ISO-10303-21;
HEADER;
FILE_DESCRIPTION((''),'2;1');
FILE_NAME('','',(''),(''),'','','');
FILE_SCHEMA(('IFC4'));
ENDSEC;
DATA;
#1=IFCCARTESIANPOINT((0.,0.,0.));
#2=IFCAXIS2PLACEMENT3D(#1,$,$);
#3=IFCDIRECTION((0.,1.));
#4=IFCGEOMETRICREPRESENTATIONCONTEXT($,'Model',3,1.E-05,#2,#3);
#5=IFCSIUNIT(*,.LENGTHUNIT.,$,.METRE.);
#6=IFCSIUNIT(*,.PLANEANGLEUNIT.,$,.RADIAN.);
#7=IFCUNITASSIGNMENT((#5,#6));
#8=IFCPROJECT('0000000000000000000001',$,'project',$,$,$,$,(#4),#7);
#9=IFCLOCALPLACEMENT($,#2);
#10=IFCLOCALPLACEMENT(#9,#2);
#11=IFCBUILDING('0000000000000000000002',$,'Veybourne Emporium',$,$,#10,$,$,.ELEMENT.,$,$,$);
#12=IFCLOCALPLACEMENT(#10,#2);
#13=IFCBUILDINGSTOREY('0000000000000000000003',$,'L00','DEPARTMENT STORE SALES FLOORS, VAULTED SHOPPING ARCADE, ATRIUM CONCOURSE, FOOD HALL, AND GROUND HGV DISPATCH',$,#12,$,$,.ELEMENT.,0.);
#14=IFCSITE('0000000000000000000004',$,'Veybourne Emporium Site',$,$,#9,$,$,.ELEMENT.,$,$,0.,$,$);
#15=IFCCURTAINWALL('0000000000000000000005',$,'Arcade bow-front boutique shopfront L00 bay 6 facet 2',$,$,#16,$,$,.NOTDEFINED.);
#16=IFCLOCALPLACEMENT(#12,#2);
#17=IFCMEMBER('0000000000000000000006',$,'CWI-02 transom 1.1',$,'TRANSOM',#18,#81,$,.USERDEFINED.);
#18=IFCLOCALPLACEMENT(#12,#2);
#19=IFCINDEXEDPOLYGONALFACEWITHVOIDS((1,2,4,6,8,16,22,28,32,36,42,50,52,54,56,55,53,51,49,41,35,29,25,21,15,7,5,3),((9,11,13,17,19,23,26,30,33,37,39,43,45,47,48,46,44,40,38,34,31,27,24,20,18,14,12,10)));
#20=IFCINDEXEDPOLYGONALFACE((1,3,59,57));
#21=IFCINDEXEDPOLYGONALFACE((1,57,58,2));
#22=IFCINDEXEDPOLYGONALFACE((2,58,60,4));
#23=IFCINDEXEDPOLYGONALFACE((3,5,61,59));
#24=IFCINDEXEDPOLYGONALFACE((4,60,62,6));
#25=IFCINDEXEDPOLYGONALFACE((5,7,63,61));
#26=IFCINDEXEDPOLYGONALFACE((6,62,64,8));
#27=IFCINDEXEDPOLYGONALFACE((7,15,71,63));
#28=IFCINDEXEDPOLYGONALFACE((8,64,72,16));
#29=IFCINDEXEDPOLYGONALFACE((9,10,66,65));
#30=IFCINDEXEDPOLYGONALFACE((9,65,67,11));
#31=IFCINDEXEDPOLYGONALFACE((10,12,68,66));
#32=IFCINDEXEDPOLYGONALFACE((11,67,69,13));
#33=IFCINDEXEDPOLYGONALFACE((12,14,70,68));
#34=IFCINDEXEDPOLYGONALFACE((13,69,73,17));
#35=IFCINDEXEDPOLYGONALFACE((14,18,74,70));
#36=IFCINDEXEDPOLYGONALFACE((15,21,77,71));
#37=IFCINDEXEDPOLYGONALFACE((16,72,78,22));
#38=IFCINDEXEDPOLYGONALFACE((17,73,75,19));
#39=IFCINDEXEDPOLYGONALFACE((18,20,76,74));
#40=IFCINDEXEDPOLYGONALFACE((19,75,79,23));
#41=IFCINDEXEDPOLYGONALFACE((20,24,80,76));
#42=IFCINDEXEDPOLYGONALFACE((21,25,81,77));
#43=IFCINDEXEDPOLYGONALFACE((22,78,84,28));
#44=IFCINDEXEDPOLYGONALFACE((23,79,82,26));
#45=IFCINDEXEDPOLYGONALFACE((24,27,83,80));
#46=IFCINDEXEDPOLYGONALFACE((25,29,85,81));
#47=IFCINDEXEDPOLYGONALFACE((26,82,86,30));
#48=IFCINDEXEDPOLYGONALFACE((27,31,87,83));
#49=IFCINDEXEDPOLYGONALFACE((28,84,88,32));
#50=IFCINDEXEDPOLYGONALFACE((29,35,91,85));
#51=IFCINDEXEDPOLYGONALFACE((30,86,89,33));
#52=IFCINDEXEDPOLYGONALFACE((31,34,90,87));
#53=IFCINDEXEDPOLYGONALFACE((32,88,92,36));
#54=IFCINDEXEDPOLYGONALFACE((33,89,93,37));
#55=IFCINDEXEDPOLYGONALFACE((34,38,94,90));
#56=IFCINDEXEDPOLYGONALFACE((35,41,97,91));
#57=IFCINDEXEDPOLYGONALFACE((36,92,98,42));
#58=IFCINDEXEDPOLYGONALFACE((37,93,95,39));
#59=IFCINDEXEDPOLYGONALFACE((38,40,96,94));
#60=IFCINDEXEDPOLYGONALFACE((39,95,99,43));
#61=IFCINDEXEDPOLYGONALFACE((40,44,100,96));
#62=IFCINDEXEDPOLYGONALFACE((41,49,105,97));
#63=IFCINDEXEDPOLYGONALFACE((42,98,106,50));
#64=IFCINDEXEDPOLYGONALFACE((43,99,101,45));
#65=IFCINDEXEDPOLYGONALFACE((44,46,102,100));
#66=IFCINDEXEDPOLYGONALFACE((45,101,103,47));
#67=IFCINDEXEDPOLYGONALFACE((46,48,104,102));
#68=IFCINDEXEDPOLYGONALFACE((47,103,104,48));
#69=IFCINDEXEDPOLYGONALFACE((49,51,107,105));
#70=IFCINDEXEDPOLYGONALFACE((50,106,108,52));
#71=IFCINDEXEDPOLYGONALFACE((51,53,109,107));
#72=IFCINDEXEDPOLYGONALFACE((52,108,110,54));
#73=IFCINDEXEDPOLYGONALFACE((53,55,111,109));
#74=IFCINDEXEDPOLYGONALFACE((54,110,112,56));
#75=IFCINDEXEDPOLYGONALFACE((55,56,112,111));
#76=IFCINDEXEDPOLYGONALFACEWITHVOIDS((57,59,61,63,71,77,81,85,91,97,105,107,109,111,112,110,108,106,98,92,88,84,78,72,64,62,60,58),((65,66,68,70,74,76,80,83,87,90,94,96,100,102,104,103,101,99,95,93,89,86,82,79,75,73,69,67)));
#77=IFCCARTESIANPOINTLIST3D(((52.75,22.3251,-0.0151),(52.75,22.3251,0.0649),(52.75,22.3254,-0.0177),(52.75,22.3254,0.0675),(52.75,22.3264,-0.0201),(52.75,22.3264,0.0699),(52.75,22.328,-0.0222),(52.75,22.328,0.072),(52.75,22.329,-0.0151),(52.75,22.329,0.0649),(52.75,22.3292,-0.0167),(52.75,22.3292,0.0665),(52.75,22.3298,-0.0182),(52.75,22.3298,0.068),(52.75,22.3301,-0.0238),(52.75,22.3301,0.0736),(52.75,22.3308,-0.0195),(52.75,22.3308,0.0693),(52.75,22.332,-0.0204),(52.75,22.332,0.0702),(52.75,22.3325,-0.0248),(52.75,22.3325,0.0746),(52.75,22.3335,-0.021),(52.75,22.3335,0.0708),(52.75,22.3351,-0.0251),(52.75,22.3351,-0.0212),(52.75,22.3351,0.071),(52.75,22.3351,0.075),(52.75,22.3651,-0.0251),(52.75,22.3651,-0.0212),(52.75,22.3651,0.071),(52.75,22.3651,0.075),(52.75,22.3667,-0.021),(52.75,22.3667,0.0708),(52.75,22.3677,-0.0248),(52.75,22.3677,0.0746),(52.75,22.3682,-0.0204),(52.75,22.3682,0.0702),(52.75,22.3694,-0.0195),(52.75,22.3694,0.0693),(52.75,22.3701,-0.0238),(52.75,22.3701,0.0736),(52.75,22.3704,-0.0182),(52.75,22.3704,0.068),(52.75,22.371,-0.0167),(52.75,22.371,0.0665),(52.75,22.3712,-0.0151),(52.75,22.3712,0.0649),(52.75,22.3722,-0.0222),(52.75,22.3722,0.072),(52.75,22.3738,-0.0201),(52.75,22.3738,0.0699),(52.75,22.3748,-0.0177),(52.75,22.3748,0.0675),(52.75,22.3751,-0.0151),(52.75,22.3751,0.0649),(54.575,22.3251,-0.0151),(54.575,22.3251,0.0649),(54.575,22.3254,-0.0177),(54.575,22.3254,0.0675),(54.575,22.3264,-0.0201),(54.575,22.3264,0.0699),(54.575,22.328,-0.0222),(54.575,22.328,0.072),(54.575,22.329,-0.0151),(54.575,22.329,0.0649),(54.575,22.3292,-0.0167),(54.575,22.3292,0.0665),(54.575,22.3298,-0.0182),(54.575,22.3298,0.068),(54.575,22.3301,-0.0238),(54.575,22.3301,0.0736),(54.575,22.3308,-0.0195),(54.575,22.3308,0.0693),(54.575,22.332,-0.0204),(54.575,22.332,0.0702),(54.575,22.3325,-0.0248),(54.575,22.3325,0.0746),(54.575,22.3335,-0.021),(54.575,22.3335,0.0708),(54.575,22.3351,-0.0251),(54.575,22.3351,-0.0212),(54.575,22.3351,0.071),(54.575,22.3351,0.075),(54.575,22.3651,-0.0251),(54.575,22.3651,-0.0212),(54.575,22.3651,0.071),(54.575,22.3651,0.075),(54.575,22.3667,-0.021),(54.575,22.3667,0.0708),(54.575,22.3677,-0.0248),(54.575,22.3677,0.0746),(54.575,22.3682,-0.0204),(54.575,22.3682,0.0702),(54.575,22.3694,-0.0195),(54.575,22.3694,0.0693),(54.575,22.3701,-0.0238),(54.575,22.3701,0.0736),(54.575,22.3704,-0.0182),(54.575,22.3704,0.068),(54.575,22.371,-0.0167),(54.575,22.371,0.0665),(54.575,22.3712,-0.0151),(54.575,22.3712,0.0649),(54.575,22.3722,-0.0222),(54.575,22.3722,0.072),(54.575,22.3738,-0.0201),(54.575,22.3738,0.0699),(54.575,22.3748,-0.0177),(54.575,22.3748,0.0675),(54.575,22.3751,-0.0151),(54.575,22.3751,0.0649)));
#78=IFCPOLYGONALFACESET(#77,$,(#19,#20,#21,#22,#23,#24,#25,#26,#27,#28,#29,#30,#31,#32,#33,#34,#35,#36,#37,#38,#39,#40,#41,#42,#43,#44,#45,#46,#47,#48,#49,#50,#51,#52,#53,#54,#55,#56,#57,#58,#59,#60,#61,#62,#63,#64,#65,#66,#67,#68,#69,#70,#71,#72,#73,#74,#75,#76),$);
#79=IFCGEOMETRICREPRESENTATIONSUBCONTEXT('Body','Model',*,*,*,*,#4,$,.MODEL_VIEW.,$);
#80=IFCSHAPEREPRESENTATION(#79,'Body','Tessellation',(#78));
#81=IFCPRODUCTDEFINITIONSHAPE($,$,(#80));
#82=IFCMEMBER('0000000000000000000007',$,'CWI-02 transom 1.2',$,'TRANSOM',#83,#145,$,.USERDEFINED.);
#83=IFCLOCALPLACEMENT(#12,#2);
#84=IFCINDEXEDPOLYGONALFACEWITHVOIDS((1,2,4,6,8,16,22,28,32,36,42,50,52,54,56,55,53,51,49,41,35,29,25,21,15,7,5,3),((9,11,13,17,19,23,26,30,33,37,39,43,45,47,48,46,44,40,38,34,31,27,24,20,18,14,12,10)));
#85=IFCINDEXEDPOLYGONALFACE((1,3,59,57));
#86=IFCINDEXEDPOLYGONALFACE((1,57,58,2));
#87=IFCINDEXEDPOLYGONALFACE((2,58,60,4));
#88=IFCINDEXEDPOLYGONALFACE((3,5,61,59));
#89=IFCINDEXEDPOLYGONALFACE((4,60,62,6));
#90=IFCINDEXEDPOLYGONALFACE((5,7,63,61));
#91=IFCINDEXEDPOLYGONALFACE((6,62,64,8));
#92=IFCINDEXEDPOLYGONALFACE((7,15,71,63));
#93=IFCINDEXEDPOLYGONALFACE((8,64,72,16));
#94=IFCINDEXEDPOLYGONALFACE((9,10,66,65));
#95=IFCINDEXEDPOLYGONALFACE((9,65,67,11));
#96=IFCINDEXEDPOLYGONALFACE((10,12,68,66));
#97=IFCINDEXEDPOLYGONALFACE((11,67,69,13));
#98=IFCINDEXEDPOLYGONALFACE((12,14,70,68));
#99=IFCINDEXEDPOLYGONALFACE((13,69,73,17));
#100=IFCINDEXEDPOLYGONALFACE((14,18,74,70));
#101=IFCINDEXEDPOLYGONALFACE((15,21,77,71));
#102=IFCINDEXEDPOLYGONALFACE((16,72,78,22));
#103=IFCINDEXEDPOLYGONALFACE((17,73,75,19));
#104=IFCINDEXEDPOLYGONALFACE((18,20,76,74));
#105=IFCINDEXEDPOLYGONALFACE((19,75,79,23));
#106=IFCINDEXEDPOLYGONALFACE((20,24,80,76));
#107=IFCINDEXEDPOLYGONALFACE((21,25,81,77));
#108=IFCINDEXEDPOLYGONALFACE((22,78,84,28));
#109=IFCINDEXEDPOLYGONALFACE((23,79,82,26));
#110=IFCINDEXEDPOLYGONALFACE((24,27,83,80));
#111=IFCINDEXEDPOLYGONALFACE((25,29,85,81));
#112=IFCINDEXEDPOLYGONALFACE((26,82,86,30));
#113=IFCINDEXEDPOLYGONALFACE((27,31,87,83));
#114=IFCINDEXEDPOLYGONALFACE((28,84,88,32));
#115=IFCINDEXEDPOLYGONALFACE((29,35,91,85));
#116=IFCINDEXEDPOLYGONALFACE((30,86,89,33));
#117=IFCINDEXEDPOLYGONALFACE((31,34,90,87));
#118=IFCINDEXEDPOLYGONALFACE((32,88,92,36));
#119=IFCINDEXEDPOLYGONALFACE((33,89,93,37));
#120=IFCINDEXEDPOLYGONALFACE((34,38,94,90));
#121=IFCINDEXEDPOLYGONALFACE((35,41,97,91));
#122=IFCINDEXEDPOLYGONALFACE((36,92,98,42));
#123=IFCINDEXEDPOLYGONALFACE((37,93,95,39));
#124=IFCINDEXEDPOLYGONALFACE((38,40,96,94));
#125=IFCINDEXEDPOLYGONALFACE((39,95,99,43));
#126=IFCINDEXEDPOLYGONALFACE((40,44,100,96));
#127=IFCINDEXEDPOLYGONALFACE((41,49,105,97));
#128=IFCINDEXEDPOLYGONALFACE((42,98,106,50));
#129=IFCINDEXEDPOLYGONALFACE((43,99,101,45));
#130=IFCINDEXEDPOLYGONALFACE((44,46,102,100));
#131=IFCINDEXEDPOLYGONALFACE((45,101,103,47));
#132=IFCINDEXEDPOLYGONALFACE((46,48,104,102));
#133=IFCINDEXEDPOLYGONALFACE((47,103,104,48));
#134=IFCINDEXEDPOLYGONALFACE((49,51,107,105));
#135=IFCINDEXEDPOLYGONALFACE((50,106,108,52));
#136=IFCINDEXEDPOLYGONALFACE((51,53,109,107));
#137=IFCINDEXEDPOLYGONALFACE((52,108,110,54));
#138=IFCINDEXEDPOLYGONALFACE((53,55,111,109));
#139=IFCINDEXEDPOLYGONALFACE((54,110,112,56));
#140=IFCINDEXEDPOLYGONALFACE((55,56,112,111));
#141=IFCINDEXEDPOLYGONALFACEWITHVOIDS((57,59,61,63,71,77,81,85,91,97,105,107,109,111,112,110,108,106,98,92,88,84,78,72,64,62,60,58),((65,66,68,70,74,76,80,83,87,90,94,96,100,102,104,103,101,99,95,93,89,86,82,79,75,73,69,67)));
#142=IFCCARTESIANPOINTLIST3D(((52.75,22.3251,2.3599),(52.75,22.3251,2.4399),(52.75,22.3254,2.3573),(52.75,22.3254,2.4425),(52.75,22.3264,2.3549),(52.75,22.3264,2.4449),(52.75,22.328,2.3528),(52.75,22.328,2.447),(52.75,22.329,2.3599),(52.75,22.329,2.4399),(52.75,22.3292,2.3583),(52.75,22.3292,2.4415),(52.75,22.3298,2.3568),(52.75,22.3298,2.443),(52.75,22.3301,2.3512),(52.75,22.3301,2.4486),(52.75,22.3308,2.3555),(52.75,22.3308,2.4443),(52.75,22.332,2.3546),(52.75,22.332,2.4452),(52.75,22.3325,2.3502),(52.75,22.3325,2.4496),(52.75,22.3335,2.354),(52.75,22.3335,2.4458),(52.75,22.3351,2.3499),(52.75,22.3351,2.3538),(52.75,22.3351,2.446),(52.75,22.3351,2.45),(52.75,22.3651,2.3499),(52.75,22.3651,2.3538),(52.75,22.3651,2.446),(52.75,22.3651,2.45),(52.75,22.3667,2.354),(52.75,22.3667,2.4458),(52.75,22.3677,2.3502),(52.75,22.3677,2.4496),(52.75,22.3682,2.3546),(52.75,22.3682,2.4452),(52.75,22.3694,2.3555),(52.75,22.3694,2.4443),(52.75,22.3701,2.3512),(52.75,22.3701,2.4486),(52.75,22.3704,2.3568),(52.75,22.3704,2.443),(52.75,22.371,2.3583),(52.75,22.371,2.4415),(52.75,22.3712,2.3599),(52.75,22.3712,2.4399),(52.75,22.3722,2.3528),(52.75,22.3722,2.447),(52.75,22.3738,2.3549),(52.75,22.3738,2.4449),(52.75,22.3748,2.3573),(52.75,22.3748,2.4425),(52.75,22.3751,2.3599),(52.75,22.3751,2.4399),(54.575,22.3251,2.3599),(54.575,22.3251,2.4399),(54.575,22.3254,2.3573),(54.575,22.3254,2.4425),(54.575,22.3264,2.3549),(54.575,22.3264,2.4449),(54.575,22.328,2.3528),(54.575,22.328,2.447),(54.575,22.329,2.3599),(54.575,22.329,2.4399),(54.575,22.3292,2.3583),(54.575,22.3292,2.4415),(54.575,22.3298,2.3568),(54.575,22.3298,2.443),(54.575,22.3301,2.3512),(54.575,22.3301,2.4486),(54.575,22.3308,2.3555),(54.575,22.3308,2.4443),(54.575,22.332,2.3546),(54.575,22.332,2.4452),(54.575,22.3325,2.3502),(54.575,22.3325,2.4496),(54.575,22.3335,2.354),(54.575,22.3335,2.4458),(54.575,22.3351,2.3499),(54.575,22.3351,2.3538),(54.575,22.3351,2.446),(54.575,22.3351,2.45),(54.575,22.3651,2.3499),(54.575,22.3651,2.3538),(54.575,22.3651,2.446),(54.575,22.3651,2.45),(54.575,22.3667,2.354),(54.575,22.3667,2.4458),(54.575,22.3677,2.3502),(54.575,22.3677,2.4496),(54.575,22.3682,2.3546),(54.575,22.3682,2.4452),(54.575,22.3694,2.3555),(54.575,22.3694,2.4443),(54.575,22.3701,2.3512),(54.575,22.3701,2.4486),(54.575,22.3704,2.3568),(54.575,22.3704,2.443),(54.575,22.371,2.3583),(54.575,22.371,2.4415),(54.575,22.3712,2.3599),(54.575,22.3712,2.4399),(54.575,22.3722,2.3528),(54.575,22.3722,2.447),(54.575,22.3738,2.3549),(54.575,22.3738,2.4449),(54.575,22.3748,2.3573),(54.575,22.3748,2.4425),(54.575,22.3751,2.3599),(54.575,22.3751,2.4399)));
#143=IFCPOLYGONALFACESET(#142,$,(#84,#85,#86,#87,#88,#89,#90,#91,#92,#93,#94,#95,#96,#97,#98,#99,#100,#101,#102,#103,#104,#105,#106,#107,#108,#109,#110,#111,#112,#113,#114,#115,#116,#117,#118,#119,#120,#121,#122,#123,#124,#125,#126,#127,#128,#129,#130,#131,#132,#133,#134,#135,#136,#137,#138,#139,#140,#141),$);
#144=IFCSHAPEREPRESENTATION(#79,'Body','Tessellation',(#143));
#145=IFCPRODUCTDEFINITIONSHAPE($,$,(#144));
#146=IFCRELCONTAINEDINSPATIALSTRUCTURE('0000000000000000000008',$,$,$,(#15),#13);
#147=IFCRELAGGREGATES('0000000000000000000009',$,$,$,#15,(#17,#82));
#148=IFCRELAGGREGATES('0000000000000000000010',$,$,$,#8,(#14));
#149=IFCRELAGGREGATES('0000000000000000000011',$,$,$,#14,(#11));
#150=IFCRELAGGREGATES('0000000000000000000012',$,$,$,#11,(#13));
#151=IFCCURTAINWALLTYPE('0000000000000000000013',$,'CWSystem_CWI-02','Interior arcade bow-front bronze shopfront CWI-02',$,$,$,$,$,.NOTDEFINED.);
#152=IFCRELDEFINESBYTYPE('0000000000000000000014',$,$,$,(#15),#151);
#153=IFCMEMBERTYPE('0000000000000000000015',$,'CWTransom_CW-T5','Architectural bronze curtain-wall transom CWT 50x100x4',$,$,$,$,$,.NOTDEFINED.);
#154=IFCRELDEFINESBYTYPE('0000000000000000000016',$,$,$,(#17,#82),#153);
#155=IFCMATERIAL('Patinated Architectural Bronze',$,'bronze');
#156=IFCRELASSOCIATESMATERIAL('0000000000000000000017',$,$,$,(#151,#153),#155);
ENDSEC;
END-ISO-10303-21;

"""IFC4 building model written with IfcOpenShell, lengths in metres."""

from ifc_helpers import new_model, si_unit, direction, frame, origin, origin_2d, place, context, subcontext, project, spatial, hollow_rectangle, extrude, material, material_profile, profile_set, type_object, element, aggregate, save


model = new_model("IFC4")

# Units and contexts
model_context = context("Model", 3, precision=1e-05, world=origin(), true_north=direction((0.0, 1.0)))
body_context = subcontext(model_context, "Body", "Model", "MODEL_VIEW")
ifc_project = project(units=[si_unit("LENGTHUNIT", "METRE"), si_unit("PLANEANGLEUNIT", "RADIAN")], contexts=[model_context])

# Site, building, storey
site_placement = place(None, origin())
site = spatial("IfcSite", under=ifc_project, at=site_placement, Name="Veybourne Emporium Site", CompositionType="ELEMENT", RefElevation=0.0)
building_placement = place(site_placement, origin())
building = spatial("IfcBuilding", under=site, at=building_placement, Name="Veybourne Emporium", CompositionType="ELEMENT")
storey_placement = place(building_placement, origin())
storey = spatial("IfcBuildingStorey", under=building, at=storey_placement, Name="L00", Description="DEPARTMENT STORE SALES FLOORS, VAULTED SHOPPING ARCADE, ATRIUM CONCOURSE, FOOD HALL, AND GROUND HGV DISPATCH", CompositionType="ELEMENT", Elevation=0.0)

# Shared definitions
ifc_material_1 = material(Name="Patinated Architectural Bronze", Category="bronze")

# Curtain wall, members
curtain_wall_type_1 = type_object("IfcCurtainWallType", Name="CWSystem_CWI-02", Description="Interior arcade bow-front bronze shopfront CWI-02", PredefinedType="NOTDEFINED", material=ifc_material_1)
curtain_wall_1_placement = place(storey_placement, origin())
curtain_wall_1 = element("IfcCurtainWall", 1, at=curtain_wall_1_placement, inside=storey, type_object=curtain_wall_type_1, Name="Arcade bow-front boutique shopfront L00 bay 6 facet 2", PredefinedType="NOTDEFINED")
ifc_material_profile_1 = material_profile(ifc_material_1, hollow_rectangle(XDim=0.05, YDim=0.1001, WallThickness=0.0039, InnerFilletRadius=0.0061, OuterFilletRadius=0.01, at=origin_2d()), Name="CWT 50x100x4")
ifc_profile_set_1 = profile_set([ifc_material_profile_1], Name="Patinated Architectural Bronze")
member_type_1 = type_object("IfcMemberType", Name="CWTransom_CW-T5", Description="Architectural bronze curtain-wall transom CWT 50x100x4", PredefinedType="NOTDEFINED", material=ifc_profile_set_1)
member_1_placement = place(storey_placement, frame((52.75, 22.3501, 0.0249), z_axis=(1.0, 0.0, 0.0), x_axis=(0.0, 1.0, 0.0)))
member_1 = element("IfcMember", 2, at=member_1_placement, type_object=member_type_1, Name="CWI-02 transom 1.1", ObjectType="TRANSOM", PredefinedType="USERDEFINED", context=body_context, shape_type="SweptSolid", body=[
    extrude(hollow_rectangle(XDim=0.05, YDim=0.1001, WallThickness=0.0039, InnerFilletRadius=0.0061, OuterFilletRadius=0.01, at=origin_2d()), origin(), (0.0, 0.0, 1.0), 1.825),
])
member_2_placement = place(storey_placement, frame((52.75, 22.3501, 2.3999), z_axis=(1.0, 0.0, 0.0), x_axis=(0.0, 1.0, 0.0)))
member_2 = element("IfcMember", 3, at=member_2_placement, type_object=member_type_1, Name="CWI-02 transom 1.2", ObjectType="TRANSOM", PredefinedType="USERDEFINED", context=body_context, shape_type="SweptSolid", body=[
    extrude(hollow_rectangle(XDim=0.05, YDim=0.1001, WallThickness=0.0039, InnerFilletRadius=0.0061, OuterFilletRadius=0.01, at=origin_2d()), origin(), (0.0, 0.0, 1.0), 1.825),
])

aggregate(curtain_wall_1, [member_1, member_2])

save(model, "model.ifc")
